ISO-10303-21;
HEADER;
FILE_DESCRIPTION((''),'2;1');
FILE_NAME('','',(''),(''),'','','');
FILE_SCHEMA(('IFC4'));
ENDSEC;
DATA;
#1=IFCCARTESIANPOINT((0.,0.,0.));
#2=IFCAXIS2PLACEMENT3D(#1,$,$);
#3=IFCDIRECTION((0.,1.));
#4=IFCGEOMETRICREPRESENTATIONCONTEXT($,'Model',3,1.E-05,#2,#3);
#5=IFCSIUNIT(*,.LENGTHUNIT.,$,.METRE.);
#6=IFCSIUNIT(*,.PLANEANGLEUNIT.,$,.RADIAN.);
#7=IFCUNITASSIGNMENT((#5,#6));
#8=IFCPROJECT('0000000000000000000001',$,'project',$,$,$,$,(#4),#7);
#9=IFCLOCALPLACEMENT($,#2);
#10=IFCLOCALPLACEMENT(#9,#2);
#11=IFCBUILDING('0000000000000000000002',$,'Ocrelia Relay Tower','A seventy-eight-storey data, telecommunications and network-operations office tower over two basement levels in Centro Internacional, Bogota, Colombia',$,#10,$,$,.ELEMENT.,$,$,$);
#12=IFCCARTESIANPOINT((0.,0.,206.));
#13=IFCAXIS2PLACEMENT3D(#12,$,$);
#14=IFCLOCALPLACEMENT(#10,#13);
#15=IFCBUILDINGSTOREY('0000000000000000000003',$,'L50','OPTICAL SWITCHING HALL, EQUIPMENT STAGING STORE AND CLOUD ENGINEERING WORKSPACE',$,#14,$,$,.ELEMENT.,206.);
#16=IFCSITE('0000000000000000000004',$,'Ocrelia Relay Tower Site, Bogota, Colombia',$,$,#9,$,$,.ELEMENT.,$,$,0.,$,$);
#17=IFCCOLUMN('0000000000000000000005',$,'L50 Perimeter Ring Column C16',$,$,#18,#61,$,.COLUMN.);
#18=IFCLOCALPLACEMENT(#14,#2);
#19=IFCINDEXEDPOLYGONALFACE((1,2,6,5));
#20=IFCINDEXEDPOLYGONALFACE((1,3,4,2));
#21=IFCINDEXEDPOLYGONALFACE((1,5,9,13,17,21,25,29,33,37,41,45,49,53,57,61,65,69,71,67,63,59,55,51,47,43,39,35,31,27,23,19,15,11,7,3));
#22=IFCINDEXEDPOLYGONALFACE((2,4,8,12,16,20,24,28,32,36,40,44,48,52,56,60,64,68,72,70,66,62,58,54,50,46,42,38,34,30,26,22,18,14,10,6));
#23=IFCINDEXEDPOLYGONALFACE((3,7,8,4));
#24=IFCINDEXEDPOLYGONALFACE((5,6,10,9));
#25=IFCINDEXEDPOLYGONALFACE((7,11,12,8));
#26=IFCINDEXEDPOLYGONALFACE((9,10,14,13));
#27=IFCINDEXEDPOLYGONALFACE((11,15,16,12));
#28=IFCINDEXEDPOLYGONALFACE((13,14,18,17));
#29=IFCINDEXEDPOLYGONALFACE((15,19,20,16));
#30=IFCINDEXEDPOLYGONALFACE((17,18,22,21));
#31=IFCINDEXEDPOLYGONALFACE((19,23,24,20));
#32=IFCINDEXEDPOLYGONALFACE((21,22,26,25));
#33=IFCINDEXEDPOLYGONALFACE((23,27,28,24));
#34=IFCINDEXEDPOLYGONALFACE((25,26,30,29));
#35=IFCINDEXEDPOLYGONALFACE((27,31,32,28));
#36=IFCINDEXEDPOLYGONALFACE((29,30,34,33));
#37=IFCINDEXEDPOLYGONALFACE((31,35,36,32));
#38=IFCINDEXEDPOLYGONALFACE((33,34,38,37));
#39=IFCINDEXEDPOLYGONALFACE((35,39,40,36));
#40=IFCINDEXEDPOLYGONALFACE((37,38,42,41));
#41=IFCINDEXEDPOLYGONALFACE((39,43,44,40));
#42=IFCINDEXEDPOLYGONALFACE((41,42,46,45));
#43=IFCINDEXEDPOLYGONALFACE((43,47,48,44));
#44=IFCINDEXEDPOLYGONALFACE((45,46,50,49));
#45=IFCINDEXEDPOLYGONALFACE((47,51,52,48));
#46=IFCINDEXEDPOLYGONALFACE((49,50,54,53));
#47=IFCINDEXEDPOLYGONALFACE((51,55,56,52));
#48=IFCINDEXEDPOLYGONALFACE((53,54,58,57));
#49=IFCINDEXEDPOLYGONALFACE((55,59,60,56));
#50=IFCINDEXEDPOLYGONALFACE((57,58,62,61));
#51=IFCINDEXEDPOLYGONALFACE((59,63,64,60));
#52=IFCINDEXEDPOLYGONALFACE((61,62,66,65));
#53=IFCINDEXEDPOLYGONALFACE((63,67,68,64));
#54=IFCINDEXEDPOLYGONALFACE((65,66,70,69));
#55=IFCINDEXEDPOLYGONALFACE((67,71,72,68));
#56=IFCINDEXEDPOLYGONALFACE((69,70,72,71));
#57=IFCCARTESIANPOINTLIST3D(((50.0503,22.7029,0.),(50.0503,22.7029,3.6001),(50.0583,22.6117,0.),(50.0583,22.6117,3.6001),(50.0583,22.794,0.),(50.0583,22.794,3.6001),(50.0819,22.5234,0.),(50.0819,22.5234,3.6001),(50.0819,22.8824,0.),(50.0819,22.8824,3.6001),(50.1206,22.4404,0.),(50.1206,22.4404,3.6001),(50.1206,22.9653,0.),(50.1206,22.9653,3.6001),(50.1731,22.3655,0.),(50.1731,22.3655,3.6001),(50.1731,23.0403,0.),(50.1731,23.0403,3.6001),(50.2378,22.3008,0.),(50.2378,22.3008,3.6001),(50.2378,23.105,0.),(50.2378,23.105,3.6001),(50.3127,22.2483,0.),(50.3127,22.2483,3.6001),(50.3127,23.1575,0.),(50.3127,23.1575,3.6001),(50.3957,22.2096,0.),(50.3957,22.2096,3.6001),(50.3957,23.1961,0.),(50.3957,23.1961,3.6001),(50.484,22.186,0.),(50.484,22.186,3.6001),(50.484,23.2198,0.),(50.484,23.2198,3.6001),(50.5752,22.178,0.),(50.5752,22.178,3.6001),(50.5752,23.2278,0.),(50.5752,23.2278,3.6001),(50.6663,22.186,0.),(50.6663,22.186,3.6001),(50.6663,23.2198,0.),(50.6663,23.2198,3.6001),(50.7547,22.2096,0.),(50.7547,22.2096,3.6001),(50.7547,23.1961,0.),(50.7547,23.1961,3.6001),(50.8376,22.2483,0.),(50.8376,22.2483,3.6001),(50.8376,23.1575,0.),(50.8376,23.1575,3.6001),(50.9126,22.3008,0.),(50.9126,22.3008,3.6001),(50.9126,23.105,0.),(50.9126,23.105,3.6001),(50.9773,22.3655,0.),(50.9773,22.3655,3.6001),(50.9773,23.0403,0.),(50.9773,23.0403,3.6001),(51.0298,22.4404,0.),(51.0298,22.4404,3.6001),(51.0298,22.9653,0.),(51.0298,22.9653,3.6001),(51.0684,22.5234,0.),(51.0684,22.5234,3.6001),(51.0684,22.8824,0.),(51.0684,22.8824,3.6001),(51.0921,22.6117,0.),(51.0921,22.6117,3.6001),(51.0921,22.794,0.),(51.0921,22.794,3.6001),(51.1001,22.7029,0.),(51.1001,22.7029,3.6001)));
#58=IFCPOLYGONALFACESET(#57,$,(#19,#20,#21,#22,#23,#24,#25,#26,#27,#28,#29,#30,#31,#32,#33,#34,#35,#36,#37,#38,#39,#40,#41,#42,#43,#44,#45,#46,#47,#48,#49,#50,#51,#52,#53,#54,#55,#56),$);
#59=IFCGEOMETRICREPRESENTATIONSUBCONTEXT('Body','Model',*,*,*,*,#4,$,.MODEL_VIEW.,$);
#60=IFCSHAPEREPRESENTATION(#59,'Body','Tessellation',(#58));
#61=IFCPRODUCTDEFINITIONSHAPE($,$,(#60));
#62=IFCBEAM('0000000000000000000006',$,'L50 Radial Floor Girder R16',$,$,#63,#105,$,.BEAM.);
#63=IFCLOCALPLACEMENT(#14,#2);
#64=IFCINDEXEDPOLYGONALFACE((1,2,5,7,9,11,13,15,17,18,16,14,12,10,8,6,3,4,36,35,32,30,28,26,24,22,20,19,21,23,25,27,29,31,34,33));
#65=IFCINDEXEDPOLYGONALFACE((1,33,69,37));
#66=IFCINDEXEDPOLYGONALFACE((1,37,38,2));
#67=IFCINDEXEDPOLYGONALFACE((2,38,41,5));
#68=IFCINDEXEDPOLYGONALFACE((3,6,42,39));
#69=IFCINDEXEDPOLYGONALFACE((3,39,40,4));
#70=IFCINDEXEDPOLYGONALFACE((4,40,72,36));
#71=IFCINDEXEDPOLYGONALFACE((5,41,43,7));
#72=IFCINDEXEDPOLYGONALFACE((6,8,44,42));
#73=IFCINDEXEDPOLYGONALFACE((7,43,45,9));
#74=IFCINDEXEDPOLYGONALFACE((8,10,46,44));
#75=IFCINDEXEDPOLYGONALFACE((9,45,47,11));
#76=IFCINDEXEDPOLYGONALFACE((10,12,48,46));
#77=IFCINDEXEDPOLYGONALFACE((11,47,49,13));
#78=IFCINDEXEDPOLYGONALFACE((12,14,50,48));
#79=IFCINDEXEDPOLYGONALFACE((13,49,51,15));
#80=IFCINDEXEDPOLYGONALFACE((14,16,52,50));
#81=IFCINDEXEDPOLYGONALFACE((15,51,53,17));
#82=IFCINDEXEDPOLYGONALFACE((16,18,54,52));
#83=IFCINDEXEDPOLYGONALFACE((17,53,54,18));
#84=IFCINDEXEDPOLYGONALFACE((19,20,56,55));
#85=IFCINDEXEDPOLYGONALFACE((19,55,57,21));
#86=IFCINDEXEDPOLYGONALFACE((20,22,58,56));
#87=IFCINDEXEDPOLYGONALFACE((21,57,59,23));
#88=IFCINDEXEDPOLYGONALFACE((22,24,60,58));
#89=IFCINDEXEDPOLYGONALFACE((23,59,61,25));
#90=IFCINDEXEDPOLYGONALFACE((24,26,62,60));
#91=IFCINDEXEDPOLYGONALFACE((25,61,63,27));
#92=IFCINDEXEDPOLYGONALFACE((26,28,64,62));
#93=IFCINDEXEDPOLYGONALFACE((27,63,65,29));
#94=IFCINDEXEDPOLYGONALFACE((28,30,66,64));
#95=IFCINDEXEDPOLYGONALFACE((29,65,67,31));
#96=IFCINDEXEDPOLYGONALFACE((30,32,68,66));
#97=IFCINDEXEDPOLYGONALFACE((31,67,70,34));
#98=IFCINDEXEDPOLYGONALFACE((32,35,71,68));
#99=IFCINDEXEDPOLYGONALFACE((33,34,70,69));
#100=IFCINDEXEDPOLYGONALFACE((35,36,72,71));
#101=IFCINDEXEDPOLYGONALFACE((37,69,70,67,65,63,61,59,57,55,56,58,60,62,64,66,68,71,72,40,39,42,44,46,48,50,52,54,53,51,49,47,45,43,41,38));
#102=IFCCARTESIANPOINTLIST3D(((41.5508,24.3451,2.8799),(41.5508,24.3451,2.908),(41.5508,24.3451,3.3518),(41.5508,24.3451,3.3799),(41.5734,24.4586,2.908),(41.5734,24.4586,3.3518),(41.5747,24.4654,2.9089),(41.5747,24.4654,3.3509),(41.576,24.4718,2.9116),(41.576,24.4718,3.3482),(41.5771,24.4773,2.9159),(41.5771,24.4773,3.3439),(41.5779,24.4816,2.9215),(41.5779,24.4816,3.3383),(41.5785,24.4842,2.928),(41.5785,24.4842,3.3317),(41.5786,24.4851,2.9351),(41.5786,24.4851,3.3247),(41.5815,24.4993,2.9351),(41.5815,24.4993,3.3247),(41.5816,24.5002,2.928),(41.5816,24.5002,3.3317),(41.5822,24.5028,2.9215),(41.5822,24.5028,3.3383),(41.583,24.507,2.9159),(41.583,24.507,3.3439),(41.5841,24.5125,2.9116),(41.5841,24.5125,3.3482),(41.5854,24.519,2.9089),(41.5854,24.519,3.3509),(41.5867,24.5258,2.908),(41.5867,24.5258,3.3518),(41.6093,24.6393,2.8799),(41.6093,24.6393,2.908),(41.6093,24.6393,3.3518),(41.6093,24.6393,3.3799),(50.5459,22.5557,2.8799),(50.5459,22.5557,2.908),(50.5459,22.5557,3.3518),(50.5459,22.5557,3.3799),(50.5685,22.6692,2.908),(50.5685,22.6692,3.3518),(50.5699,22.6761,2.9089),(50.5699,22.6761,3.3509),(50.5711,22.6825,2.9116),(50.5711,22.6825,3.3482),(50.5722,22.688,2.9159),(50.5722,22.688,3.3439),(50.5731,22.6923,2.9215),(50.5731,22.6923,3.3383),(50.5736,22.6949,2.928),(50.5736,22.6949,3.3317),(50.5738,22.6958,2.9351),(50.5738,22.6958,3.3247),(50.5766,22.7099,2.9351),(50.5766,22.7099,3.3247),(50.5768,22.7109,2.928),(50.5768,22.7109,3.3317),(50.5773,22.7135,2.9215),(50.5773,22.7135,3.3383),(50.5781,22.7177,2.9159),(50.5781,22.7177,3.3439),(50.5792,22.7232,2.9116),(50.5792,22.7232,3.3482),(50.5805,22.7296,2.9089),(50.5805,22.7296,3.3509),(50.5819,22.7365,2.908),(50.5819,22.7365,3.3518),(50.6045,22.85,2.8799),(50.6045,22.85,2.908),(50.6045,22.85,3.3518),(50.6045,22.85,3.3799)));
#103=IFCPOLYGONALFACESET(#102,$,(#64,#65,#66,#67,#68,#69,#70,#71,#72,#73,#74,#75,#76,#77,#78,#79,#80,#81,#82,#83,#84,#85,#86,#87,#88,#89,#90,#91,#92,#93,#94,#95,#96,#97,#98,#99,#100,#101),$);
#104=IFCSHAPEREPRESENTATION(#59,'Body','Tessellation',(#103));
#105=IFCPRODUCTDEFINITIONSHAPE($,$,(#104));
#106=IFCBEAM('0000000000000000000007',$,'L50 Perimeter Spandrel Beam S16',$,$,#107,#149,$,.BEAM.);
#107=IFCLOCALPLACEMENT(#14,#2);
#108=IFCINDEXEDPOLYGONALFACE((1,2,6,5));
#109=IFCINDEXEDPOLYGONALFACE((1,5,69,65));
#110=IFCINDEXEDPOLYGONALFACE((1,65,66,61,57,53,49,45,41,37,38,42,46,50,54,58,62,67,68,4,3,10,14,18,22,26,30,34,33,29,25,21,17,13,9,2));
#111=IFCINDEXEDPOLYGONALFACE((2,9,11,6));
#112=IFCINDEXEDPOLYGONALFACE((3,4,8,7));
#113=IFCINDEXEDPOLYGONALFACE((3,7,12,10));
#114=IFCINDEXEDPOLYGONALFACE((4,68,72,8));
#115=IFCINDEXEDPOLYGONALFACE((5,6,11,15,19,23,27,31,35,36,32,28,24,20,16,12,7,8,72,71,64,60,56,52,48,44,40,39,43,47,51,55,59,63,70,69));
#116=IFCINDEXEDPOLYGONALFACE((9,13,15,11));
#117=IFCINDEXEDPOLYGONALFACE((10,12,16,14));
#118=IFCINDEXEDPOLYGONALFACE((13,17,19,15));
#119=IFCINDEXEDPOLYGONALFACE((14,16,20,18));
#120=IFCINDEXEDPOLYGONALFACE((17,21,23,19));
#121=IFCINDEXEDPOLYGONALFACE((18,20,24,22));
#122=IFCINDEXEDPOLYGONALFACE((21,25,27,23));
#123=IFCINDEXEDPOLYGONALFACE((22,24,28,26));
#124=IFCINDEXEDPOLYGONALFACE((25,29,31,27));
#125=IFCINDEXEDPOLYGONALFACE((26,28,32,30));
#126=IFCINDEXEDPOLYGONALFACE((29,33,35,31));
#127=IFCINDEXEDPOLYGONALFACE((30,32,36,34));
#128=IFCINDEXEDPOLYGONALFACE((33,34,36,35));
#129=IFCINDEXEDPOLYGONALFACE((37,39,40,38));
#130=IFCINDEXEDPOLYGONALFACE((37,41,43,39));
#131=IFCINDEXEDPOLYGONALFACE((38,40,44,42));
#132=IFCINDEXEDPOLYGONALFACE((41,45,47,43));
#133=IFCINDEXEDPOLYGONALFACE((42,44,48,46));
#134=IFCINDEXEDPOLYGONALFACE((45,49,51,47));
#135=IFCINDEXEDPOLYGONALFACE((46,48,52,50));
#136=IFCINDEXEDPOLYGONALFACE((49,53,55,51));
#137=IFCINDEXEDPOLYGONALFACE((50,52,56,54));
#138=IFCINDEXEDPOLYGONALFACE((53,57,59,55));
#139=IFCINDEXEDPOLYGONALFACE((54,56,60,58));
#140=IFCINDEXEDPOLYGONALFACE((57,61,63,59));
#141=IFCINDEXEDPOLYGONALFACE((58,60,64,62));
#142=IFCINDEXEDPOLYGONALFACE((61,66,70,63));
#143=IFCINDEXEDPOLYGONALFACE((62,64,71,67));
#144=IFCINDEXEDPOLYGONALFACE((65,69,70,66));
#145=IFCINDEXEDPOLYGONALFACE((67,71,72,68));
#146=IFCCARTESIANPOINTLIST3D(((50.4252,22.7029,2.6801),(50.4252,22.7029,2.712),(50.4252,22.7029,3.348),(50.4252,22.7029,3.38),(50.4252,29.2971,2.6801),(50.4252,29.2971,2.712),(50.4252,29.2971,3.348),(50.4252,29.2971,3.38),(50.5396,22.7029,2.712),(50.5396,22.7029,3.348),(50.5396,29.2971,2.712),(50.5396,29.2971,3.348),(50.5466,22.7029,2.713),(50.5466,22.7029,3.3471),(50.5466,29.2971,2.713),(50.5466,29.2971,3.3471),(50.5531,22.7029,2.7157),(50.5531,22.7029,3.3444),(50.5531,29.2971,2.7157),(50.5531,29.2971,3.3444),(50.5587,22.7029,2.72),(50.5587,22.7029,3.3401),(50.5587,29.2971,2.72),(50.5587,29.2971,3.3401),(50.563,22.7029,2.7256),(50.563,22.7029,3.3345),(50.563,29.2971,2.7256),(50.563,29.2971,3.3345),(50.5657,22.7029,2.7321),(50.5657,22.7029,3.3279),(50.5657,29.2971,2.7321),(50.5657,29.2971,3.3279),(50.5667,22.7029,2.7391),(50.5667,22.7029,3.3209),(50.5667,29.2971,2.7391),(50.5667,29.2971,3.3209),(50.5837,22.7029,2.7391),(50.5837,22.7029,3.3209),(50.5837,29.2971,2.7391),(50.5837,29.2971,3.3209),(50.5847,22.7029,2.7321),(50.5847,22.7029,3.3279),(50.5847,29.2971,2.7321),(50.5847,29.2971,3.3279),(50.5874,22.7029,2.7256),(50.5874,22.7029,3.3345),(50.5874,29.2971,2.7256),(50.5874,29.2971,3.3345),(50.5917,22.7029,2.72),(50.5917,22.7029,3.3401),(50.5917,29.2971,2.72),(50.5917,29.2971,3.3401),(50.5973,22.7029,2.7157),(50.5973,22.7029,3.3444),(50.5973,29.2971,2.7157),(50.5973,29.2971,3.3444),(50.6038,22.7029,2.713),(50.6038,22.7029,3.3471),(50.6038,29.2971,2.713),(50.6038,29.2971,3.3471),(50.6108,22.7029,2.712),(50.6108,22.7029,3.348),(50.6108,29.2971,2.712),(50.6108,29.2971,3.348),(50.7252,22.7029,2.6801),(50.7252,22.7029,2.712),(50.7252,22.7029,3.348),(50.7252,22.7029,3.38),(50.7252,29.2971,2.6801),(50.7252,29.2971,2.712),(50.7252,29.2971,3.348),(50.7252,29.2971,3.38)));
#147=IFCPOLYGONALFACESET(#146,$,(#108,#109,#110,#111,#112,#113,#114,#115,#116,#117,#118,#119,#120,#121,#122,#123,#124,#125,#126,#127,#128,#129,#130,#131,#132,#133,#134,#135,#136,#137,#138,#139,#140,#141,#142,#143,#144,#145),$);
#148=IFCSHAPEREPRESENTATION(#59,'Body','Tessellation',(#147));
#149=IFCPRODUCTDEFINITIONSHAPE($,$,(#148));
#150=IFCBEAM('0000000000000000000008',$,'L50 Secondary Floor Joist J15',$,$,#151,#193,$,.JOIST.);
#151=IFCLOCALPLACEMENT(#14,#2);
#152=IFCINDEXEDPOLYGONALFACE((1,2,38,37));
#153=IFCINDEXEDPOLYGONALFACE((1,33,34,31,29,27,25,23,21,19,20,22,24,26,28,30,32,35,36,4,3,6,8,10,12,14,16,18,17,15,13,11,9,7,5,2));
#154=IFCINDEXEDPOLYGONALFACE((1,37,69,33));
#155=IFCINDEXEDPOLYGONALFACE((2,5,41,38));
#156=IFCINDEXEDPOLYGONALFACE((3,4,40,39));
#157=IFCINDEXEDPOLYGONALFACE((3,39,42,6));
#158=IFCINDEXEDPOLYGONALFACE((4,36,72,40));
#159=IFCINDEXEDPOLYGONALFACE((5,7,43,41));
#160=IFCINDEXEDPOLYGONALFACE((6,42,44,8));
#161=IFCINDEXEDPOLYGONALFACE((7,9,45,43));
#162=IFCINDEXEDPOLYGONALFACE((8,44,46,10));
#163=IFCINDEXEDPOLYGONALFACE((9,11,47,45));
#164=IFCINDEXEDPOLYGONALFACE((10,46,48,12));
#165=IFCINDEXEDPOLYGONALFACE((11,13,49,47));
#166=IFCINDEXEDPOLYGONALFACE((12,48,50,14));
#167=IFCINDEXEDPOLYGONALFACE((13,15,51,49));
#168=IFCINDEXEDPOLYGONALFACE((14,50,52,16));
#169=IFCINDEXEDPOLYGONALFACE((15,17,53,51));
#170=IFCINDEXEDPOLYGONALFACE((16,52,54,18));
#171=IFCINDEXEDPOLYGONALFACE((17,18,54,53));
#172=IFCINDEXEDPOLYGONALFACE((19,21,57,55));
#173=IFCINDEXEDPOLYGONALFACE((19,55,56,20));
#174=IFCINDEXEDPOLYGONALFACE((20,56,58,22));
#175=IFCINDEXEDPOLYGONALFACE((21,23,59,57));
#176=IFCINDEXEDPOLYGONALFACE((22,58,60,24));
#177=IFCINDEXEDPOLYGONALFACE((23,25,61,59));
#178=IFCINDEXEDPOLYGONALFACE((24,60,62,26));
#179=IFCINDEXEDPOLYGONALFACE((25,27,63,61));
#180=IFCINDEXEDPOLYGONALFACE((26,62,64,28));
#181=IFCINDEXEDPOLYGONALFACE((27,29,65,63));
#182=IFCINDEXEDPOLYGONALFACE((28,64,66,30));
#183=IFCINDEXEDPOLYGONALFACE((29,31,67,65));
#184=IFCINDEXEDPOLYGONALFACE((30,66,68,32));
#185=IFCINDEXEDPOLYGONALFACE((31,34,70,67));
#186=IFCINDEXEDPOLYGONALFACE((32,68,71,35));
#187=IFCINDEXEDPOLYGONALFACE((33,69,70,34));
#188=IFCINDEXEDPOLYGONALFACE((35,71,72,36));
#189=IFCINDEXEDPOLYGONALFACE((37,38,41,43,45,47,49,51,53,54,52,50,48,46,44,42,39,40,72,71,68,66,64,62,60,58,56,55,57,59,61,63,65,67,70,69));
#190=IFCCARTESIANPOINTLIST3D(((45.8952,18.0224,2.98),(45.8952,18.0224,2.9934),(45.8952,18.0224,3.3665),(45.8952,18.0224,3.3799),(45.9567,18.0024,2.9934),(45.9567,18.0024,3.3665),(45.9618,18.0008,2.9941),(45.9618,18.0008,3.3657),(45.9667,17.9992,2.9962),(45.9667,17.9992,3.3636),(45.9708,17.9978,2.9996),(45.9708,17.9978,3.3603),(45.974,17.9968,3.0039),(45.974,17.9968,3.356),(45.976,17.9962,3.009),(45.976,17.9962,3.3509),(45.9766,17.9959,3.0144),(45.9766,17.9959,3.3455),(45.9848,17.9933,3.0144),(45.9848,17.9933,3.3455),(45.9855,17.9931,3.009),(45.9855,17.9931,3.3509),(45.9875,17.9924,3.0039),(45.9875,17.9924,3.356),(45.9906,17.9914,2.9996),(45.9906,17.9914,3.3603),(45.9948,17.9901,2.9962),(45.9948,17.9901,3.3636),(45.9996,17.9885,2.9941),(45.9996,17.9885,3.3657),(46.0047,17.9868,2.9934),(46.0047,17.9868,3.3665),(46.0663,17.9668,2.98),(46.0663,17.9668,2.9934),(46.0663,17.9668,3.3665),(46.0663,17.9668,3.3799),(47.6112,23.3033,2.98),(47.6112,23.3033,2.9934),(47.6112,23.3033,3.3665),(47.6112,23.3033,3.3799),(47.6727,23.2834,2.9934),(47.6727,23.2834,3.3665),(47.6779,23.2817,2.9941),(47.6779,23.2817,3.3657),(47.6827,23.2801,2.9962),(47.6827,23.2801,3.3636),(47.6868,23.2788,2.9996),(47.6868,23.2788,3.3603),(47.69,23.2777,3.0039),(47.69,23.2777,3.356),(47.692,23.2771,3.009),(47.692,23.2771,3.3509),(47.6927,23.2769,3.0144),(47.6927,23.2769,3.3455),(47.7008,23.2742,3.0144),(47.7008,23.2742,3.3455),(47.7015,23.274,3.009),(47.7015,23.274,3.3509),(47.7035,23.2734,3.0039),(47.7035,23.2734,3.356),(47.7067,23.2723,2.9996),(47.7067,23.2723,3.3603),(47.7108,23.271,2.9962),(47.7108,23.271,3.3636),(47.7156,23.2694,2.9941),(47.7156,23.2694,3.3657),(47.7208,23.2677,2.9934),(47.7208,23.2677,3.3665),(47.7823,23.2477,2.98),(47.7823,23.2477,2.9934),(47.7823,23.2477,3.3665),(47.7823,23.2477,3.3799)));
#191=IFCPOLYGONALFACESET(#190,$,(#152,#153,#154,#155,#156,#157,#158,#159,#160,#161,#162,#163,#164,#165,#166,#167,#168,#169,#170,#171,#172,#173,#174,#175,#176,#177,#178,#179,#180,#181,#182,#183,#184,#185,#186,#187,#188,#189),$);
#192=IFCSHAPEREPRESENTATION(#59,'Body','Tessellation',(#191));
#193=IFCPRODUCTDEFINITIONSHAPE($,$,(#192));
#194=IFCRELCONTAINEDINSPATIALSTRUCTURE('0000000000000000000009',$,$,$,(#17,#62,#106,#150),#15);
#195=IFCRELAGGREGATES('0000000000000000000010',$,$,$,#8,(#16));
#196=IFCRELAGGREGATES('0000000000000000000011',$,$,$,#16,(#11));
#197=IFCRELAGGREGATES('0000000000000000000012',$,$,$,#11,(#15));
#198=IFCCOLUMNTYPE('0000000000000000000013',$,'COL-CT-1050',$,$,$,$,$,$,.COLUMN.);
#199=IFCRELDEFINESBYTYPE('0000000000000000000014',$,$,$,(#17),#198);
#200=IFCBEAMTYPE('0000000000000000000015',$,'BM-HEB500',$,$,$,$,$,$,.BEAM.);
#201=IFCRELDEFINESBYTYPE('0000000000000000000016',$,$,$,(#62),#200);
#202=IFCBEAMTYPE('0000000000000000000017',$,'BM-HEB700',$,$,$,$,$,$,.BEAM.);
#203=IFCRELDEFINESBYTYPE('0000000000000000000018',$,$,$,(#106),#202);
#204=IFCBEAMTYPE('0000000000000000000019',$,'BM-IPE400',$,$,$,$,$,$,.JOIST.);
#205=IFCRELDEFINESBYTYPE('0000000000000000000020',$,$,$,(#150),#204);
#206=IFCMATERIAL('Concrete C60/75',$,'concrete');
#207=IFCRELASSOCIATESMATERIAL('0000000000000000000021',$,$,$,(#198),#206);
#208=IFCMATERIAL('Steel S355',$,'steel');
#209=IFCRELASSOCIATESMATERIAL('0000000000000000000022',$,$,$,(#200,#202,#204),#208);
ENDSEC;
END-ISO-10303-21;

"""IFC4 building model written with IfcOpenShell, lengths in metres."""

from ifc_helpers import new_model, si_unit, direction, frame, origin, origin_2d, place, context, subcontext, project, spatial, circle, i_section, extrude, material, material_profile, profile_set, type_object, element, save


model = new_model("IFC4")

# Units and contexts
model_context = context("Model", 3, precision=1e-05, world=origin(), true_north=direction((0.0, 1.0)))
body_context = subcontext(model_context, "Body", "Model", "MODEL_VIEW")
ifc_project = project(units=[si_unit("LENGTHUNIT", "METRE"), si_unit("PLANEANGLEUNIT", "RADIAN")], contexts=[model_context])

# Site, building, storey
site_placement = place(None, origin())
site = spatial("IfcSite", under=ifc_project, at=site_placement, Name="Ocrelia Relay Tower Site, Bogota, Colombia", CompositionType="ELEMENT", RefElevation=0.0)
building_placement = place(site_placement, origin())
building = spatial("IfcBuilding", under=site, at=building_placement, Name="Ocrelia Relay Tower", Description="A seventy-eight-storey data, telecommunications and network-operations office tower over two basement levels in Centro Internacional, Bogota, Colombia", CompositionType="ELEMENT")
storey_placement = place(building_placement, frame((0.0, 0.0, 206.0)))
storey = spatial("IfcBuildingStorey", under=building, at=storey_placement, Name="L50", Description="OPTICAL SWITCHING HALL, EQUIPMENT STAGING STORE AND CLOUD ENGINEERING WORKSPACE", CompositionType="ELEMENT", Elevation=206.0)

# Column
ifc_material_1 = material(Name="Concrete C60/75", Category="concrete")
ifc_material_profile_1 = material_profile(ifc_material_1, circle(Radius=0.5249, at=origin_2d()), Name="RC-CIR-1050")
ifc_profile_set_1 = profile_set([ifc_material_profile_1], Name="Concrete C60/75")
column_type = type_object("IfcColumnType", Name="COL-CT-1050", PredefinedType="COLUMN", material=ifc_profile_set_1)
column_placement = place(storey_placement, frame((50.5752, 22.7029, 0.0), z_axis=(0.0, 0.0, 1.0), x_axis=(1.0, 0.0, 0.0)))
element("IfcColumn", 1, at=column_placement, inside=storey, type_object=column_type, Name="L50 Perimeter Ring Column C16", PredefinedType="COLUMN", context=body_context, shape_type="SweptSolid", body=[
    extrude(circle(Radius=0.5249, at=origin_2d()), origin(), (0.0, 0.0, 1.0), 3.6001),
])

# Beams
ifc_material_2 = material(Name="Steel S355", Category="steel")
ifc_material_profile_2 = material_profile(ifc_material_2, i_section(OverallWidth=0.3, OverallDepth=0.5, WebThickness=0.0144, FlangeThickness=0.0281, FilletRadius=0.0271, at=origin_2d()), Name="HEB 500")
ifc_profile_set_2 = profile_set([ifc_material_profile_2], Name="Steel S355")
beam_type_1 = type_object("IfcBeamType", Name="BM-HEB500", PredefinedType="BEAM", material=ifc_profile_set_2)
beam_1_placement = place(storey_placement, frame((50.5752, 22.7029, 3.1299), z_axis=(-0.980784, 0.195097, 0.0), x_axis=(-0.195097, -0.980784, 0.0)))
element("IfcBeam", 2, at=beam_1_placement, inside=storey, type_object=beam_type_1, Name="L50 Radial Floor Girder R16", PredefinedType="BEAM", context=body_context, shape_type="SweptSolid", body=[
    extrude(i_section(OverallWidth=0.3, OverallDepth=0.5, WebThickness=0.0144, FlangeThickness=0.0281, FilletRadius=0.0271, at=origin_2d()), origin(), (0.0, 0.0, 1.0), 9.1714),
])
ifc_material_profile_3 = material_profile(ifc_material_2, i_section(OverallWidth=0.3, OverallDepth=0.7, WebThickness=0.0171, FlangeThickness=0.032, FilletRadius=0.0271, at=origin_2d()), Name="HEB 700")
ifc_profile_set_3 = profile_set([ifc_material_profile_3], Name="Steel S355")
beam_type_2 = type_object("IfcBeamType", Name="BM-HEB700", PredefinedType="BEAM", material=ifc_profile_set_3)
beam_2_placement = place(storey_placement, frame((50.5752, 22.7029, 3.03), z_axis=(0.0, 1.0, 0.0), x_axis=(-1.0, 0.0, 0.0)))
element("IfcBeam", 3, at=beam_2_placement, inside=storey, type_object=beam_type_2, Name="L50 Perimeter Spandrel Beam S16", PredefinedType="BEAM", context=body_context, shape_type="SweptSolid", body=[
    extrude(i_section(OverallWidth=0.3, OverallDepth=0.7, WebThickness=0.0171, FlangeThickness=0.032, FilletRadius=0.0271, at=origin_2d()), origin(), (0.0, 0.0, 1.0), 6.5942),
])
ifc_material_profile_4 = material_profile(ifc_material_2, i_section(OverallWidth=0.1799, OverallDepth=0.3999, WebThickness=0.0085, FlangeThickness=0.0134, FilletRadius=0.021, at=origin_2d()), Name="IPE 400")
ifc_profile_set_4 = profile_set([ifc_material_profile_4], Name="Steel S355")
beam_type_3 = type_object("IfcBeamType", Name="BM-IPE400", PredefinedType="JOIST", material=ifc_profile_set_4)
beam_3_placement = place(storey_placement, frame((45.9807, 17.9946, 3.1799), z_axis=(0.309043, 0.951048, 0.0), x_axis=(-0.951048, 0.309043, 0.0)))
element("IfcBeam", 4, at=beam_3_placement, inside=storey, type_object=beam_type_3, Name="L50 Secondary Floor Joist J15", PredefinedType="JOIST", context=body_context, shape_type="SweptSolid", body=[
    extrude(i_section(OverallWidth=0.1799, OverallDepth=0.3999, WebThickness=0.0085, FlangeThickness=0.0134, FilletRadius=0.021, at=origin_2d()), origin(), (0.0, 0.0, 1.0), 5.5527),
])

save(model, "model.ifc")
